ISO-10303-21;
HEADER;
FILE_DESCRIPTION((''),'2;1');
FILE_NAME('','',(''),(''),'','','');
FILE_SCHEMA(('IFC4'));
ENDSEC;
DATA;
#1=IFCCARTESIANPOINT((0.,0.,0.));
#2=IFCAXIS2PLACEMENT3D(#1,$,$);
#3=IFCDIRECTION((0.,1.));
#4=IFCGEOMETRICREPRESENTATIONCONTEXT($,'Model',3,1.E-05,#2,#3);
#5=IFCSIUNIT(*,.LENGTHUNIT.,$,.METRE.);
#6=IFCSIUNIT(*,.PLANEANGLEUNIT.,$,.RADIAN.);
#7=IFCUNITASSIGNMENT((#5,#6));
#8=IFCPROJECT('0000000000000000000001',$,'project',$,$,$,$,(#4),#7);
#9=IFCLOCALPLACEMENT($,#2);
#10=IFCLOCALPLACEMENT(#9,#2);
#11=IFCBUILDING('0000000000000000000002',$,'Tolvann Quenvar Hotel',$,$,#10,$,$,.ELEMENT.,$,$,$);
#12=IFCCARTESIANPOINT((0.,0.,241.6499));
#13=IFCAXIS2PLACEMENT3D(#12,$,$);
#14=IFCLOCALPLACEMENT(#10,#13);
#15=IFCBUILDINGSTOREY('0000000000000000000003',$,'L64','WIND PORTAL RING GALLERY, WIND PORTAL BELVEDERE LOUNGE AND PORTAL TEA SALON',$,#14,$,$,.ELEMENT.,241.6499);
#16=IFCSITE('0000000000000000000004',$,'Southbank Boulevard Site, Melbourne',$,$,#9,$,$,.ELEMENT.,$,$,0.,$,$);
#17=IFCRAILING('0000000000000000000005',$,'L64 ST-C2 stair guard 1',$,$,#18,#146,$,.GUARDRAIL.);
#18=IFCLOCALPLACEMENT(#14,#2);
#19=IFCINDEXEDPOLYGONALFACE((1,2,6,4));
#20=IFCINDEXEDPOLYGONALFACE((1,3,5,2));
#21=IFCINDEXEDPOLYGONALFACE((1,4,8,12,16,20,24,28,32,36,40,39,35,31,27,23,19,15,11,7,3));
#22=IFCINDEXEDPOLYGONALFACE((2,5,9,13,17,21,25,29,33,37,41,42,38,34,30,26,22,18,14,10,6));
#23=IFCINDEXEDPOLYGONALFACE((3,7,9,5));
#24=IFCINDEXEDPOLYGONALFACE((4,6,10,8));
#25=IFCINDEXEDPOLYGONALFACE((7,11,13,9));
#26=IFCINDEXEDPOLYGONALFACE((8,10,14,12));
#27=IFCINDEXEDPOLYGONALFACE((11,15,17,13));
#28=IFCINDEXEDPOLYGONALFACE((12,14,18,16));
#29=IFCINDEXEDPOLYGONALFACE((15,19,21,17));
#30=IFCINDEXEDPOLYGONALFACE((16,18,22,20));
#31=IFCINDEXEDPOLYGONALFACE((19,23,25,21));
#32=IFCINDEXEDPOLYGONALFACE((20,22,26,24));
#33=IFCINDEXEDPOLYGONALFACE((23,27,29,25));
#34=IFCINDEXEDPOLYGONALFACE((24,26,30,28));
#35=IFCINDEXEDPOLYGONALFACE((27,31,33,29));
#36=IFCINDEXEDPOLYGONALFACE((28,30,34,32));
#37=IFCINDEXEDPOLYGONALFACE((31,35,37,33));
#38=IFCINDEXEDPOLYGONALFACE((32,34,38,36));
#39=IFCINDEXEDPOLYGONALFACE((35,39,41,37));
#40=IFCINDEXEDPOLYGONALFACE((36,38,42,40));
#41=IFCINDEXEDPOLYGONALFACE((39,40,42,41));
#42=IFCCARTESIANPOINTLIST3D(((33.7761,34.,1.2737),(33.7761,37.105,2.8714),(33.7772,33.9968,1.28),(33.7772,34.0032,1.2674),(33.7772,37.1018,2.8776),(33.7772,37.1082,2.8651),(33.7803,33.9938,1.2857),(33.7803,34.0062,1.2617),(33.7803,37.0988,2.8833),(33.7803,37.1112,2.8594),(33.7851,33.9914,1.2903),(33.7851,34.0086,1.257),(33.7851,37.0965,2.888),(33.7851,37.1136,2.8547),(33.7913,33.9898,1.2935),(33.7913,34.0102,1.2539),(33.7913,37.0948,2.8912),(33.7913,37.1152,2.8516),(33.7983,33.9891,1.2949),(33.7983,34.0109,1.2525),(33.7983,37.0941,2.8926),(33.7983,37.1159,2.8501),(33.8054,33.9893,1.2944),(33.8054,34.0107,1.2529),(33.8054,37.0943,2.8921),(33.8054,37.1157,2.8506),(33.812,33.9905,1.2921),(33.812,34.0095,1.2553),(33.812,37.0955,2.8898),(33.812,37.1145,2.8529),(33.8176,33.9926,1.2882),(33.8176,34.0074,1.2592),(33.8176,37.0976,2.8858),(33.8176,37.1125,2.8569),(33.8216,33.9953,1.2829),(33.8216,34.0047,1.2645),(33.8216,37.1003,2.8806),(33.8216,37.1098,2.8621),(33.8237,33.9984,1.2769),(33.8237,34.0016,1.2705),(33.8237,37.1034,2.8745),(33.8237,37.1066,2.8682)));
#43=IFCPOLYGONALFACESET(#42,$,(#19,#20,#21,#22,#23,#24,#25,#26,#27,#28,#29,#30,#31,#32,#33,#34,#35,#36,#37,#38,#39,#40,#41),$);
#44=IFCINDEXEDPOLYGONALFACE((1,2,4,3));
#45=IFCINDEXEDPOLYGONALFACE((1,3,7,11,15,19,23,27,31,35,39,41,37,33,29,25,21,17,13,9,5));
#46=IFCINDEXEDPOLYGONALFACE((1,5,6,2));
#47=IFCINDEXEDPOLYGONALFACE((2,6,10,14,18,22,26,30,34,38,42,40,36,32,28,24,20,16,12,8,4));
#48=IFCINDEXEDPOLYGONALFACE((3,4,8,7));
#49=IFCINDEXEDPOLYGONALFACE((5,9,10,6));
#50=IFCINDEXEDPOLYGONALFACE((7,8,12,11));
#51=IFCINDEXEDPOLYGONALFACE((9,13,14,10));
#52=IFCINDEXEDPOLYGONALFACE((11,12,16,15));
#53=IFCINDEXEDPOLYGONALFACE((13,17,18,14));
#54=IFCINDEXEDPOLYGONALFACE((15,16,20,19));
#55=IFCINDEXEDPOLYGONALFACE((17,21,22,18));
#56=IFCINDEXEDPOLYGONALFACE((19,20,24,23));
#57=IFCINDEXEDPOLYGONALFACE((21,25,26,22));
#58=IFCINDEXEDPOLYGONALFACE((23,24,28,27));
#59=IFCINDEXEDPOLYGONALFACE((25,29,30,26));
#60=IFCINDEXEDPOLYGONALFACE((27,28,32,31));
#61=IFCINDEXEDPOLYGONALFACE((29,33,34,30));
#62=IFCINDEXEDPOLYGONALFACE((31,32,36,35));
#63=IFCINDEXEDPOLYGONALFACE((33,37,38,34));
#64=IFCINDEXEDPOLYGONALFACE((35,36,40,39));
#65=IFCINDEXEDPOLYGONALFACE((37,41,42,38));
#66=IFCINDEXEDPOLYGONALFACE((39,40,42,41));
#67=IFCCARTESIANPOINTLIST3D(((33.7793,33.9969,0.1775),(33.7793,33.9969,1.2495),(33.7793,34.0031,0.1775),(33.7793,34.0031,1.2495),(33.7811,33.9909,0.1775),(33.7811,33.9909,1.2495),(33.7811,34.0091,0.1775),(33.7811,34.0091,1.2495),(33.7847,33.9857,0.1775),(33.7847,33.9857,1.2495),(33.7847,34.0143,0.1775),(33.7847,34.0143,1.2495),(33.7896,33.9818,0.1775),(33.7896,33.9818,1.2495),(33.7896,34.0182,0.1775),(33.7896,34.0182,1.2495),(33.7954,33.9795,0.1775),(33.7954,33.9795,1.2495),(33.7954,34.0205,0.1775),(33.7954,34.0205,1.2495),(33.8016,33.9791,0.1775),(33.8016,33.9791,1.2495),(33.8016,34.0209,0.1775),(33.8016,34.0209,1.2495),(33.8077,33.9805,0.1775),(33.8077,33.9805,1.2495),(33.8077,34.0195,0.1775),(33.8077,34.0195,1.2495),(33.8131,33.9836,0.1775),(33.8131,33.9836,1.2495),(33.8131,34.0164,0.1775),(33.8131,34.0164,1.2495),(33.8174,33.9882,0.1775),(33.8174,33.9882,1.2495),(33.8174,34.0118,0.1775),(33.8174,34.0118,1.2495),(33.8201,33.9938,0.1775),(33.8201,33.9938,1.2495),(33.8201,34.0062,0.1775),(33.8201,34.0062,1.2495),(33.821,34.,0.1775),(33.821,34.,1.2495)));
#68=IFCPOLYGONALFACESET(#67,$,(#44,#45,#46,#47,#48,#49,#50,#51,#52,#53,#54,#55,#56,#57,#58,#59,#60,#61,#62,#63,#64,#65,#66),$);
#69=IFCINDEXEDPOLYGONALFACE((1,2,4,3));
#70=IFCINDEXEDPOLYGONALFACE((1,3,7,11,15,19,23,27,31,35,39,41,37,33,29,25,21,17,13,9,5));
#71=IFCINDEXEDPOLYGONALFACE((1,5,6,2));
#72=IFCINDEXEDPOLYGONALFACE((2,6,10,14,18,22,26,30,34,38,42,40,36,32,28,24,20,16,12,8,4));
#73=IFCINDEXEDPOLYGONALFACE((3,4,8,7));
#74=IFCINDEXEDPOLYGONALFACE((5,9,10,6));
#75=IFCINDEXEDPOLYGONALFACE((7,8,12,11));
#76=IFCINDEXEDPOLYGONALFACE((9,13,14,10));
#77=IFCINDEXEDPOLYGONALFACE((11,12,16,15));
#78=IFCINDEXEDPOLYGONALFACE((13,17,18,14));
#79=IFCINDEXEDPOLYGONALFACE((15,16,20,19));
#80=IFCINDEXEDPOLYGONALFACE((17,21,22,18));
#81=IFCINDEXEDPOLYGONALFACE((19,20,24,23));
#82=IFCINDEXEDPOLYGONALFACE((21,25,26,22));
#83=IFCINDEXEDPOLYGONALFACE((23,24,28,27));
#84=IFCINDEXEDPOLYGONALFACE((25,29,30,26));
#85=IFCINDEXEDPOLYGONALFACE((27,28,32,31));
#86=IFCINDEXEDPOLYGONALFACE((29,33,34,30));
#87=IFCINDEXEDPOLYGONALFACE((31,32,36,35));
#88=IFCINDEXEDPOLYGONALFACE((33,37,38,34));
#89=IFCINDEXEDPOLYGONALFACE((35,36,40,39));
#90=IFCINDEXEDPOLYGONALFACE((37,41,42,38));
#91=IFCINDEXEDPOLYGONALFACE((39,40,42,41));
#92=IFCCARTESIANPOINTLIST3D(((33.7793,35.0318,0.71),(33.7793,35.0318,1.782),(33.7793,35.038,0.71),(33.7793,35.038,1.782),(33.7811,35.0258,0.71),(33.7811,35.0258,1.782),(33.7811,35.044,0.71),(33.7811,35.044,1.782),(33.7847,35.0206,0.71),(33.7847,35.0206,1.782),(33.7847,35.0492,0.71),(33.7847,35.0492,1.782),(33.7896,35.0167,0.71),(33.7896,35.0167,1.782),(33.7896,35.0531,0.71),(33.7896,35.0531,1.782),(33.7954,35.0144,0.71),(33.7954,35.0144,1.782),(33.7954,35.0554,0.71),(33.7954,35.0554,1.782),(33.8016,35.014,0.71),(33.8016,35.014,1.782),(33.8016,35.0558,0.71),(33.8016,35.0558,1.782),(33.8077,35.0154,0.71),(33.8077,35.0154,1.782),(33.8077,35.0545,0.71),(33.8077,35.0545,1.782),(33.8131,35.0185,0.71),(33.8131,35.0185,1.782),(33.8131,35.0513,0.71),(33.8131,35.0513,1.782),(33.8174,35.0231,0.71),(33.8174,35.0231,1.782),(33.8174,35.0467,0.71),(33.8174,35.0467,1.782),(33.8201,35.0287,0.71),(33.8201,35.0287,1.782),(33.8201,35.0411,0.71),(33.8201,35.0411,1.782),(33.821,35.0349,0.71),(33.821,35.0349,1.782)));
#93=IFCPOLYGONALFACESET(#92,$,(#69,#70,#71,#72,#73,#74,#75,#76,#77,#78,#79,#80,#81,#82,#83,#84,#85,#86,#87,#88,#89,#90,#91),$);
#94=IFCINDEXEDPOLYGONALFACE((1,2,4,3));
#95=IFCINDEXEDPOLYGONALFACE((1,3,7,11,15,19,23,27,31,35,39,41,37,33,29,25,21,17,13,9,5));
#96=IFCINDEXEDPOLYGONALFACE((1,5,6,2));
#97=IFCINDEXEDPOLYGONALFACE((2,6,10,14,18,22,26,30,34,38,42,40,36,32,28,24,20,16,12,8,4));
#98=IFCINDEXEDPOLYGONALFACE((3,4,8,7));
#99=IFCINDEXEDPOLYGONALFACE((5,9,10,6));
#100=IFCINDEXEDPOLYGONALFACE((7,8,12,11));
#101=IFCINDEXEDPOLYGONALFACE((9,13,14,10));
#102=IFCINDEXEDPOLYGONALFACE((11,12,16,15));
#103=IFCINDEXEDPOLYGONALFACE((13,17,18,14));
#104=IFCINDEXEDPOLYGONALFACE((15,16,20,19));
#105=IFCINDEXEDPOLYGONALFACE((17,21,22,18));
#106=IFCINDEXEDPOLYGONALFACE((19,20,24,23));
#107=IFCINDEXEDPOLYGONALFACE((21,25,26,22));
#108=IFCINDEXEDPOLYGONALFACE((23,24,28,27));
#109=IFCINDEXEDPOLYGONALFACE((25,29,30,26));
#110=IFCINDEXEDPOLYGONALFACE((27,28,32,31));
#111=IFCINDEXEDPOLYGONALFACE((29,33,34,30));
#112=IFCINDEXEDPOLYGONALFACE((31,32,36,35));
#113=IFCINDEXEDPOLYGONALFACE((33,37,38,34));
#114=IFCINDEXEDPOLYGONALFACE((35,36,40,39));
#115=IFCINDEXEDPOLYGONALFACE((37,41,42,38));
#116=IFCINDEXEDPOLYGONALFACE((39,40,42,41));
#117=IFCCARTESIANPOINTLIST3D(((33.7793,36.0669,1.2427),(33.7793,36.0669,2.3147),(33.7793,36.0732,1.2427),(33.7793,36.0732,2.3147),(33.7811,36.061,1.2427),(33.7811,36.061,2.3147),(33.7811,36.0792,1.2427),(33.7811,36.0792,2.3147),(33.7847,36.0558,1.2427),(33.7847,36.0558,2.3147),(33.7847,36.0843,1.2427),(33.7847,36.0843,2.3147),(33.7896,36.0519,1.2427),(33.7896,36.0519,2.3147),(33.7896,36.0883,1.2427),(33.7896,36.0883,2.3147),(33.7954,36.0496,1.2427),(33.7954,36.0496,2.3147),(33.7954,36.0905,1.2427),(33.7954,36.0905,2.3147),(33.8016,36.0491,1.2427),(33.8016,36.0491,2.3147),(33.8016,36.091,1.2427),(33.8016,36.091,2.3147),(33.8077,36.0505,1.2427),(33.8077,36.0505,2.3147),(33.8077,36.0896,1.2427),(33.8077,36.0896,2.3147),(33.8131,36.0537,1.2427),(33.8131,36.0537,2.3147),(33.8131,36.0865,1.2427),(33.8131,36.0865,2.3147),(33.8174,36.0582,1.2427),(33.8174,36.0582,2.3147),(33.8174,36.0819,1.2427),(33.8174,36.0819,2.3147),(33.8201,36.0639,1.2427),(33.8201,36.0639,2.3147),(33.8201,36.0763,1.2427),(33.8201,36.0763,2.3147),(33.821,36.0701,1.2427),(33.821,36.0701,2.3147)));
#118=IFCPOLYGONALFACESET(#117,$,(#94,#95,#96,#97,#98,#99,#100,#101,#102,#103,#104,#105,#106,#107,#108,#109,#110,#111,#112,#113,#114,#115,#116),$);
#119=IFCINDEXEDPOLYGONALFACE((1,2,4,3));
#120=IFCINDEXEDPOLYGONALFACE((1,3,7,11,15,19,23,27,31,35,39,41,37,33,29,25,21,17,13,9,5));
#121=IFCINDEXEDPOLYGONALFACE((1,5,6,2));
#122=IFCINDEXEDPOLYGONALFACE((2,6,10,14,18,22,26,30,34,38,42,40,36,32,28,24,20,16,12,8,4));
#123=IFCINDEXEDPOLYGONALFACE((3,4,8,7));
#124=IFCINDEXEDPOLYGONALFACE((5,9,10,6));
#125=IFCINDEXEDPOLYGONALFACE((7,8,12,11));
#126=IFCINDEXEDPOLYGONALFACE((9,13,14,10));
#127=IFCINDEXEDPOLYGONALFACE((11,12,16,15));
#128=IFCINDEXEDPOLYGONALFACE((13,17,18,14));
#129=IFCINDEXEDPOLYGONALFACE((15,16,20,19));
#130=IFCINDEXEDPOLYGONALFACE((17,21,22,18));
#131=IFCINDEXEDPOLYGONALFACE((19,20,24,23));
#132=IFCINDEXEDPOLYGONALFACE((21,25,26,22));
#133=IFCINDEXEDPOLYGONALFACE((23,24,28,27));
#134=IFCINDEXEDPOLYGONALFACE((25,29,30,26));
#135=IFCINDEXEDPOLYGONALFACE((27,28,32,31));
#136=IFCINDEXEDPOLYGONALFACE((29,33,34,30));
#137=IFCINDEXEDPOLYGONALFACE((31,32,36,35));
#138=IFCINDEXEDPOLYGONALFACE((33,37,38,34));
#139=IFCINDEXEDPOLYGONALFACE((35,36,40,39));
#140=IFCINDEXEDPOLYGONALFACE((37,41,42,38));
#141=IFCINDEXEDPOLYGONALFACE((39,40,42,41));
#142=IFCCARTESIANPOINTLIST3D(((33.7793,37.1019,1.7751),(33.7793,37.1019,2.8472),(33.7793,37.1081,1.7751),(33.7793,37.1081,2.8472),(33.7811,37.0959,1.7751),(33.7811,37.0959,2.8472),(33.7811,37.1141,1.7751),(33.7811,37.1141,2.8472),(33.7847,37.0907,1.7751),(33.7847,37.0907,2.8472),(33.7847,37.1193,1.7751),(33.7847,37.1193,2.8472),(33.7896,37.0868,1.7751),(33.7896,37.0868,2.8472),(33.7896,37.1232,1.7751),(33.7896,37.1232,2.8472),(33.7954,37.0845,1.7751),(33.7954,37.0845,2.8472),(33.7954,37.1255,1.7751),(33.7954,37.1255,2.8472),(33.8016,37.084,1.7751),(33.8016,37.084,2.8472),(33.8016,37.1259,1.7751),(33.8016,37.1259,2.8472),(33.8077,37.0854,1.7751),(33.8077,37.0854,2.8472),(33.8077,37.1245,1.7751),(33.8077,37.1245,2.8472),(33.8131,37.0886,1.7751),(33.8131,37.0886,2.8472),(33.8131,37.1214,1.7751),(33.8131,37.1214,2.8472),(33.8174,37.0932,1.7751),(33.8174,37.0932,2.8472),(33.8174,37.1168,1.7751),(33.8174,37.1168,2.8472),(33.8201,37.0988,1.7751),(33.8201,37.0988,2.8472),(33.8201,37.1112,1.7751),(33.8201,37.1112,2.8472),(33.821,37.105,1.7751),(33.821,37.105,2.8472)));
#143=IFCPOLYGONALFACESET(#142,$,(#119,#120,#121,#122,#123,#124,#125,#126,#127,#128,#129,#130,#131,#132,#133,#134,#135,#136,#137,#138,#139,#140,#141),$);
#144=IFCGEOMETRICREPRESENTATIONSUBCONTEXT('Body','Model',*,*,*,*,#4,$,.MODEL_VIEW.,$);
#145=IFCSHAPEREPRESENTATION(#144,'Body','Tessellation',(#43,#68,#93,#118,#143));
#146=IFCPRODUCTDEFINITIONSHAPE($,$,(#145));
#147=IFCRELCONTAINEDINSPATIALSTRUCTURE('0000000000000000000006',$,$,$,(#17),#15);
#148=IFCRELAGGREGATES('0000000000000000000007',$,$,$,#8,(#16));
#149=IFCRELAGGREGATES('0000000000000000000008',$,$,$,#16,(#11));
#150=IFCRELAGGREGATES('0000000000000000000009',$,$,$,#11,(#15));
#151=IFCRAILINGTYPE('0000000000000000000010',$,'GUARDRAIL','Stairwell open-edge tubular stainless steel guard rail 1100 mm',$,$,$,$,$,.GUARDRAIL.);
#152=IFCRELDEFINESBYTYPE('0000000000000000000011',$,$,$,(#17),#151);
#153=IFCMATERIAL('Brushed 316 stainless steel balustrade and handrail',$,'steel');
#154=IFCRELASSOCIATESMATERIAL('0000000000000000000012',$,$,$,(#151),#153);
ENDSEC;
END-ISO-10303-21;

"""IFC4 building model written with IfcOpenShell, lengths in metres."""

from ifc_helpers import new_model, si_unit, direction, frame, origin, origin_2d, place, context, subcontext, project, spatial, circle, extrude, material, type_object, element, save


model = new_model("IFC4")

# Units and contexts
model_context = context("Model", 3, precision=1e-05, world=origin(), true_north=direction((0.0, 1.0)))
body_context = subcontext(model_context, "Body", "Model", "MODEL_VIEW")
ifc_project = project(units=[si_unit("LENGTHUNIT", "METRE"), si_unit("PLANEANGLEUNIT", "RADIAN")], contexts=[model_context])

# Site, building, storey
site_placement = place(None, origin())
site = spatial("IfcSite", under=ifc_project, at=site_placement, Name="Southbank Boulevard Site, Melbourne", CompositionType="ELEMENT", RefElevation=0.0)
building_placement = place(site_placement, origin())
building = spatial("IfcBuilding", under=site, at=building_placement, Name="Tolvann Quenvar Hotel", CompositionType="ELEMENT")
storey_placement = place(building_placement, frame((0.0, 0.0, 241.6499)))
storey = spatial("IfcBuildingStorey", under=building, at=storey_placement, Name="L64", Description="WIND PORTAL RING GALLERY, WIND PORTAL BELVEDERE LOUNGE AND PORTAL TEA SALON", CompositionType="ELEMENT", Elevation=241.6499)

# Railing
ifc_material_1 = material(Name="Brushed 316 stainless steel balustrade and handrail", Category="steel")
railing_type_1 = type_object("IfcRailingType", Name="GUARDRAIL", Description="Stairwell open-edge tubular stainless steel guard rail 1100 mm", PredefinedType="GUARDRAIL", material=ifc_material_1)
railing_1_placement = place(storey_placement, frame((33.8, 34.0, 0.1775)))
element("IfcRailing", 1, at=railing_1_placement, inside=storey, type_object=railing_type_1, Name="L64 ST-C2 stair guard 1", PredefinedType="GUARDRAIL", context=body_context, shape_type="SweptSolid", body=[
    extrude(circle(Radius=0.0239, at=origin_2d()), frame((0.0, 0.0, 1.0962), z_axis=(0.0, 0.889194, 0.457531), x_axis=(-1.0, 0.0, 0.0)), (0.0, 0.0, 1.0), 3.4919),
    extrude(circle(Radius=0.021, at=origin_2d()), origin(), (0.0, 0.0, 1.0), 1.072),
    extrude(circle(Radius=0.021, at=origin_2d()), frame((0.0, 1.0349, 0.5325)), (0.0, 0.0, 1.0), 1.072),
    extrude(circle(Radius=0.021, at=origin_2d()), frame((0.0, 2.0701, 1.0652)), (0.0, 0.0, 1.0), 1.072),
    extrude(circle(Radius=0.021, at=origin_2d()), frame((0.0, 3.105, 1.5977)), (0.0, 0.0, 1.0), 1.072),
])

save(model, "model.ifc")
